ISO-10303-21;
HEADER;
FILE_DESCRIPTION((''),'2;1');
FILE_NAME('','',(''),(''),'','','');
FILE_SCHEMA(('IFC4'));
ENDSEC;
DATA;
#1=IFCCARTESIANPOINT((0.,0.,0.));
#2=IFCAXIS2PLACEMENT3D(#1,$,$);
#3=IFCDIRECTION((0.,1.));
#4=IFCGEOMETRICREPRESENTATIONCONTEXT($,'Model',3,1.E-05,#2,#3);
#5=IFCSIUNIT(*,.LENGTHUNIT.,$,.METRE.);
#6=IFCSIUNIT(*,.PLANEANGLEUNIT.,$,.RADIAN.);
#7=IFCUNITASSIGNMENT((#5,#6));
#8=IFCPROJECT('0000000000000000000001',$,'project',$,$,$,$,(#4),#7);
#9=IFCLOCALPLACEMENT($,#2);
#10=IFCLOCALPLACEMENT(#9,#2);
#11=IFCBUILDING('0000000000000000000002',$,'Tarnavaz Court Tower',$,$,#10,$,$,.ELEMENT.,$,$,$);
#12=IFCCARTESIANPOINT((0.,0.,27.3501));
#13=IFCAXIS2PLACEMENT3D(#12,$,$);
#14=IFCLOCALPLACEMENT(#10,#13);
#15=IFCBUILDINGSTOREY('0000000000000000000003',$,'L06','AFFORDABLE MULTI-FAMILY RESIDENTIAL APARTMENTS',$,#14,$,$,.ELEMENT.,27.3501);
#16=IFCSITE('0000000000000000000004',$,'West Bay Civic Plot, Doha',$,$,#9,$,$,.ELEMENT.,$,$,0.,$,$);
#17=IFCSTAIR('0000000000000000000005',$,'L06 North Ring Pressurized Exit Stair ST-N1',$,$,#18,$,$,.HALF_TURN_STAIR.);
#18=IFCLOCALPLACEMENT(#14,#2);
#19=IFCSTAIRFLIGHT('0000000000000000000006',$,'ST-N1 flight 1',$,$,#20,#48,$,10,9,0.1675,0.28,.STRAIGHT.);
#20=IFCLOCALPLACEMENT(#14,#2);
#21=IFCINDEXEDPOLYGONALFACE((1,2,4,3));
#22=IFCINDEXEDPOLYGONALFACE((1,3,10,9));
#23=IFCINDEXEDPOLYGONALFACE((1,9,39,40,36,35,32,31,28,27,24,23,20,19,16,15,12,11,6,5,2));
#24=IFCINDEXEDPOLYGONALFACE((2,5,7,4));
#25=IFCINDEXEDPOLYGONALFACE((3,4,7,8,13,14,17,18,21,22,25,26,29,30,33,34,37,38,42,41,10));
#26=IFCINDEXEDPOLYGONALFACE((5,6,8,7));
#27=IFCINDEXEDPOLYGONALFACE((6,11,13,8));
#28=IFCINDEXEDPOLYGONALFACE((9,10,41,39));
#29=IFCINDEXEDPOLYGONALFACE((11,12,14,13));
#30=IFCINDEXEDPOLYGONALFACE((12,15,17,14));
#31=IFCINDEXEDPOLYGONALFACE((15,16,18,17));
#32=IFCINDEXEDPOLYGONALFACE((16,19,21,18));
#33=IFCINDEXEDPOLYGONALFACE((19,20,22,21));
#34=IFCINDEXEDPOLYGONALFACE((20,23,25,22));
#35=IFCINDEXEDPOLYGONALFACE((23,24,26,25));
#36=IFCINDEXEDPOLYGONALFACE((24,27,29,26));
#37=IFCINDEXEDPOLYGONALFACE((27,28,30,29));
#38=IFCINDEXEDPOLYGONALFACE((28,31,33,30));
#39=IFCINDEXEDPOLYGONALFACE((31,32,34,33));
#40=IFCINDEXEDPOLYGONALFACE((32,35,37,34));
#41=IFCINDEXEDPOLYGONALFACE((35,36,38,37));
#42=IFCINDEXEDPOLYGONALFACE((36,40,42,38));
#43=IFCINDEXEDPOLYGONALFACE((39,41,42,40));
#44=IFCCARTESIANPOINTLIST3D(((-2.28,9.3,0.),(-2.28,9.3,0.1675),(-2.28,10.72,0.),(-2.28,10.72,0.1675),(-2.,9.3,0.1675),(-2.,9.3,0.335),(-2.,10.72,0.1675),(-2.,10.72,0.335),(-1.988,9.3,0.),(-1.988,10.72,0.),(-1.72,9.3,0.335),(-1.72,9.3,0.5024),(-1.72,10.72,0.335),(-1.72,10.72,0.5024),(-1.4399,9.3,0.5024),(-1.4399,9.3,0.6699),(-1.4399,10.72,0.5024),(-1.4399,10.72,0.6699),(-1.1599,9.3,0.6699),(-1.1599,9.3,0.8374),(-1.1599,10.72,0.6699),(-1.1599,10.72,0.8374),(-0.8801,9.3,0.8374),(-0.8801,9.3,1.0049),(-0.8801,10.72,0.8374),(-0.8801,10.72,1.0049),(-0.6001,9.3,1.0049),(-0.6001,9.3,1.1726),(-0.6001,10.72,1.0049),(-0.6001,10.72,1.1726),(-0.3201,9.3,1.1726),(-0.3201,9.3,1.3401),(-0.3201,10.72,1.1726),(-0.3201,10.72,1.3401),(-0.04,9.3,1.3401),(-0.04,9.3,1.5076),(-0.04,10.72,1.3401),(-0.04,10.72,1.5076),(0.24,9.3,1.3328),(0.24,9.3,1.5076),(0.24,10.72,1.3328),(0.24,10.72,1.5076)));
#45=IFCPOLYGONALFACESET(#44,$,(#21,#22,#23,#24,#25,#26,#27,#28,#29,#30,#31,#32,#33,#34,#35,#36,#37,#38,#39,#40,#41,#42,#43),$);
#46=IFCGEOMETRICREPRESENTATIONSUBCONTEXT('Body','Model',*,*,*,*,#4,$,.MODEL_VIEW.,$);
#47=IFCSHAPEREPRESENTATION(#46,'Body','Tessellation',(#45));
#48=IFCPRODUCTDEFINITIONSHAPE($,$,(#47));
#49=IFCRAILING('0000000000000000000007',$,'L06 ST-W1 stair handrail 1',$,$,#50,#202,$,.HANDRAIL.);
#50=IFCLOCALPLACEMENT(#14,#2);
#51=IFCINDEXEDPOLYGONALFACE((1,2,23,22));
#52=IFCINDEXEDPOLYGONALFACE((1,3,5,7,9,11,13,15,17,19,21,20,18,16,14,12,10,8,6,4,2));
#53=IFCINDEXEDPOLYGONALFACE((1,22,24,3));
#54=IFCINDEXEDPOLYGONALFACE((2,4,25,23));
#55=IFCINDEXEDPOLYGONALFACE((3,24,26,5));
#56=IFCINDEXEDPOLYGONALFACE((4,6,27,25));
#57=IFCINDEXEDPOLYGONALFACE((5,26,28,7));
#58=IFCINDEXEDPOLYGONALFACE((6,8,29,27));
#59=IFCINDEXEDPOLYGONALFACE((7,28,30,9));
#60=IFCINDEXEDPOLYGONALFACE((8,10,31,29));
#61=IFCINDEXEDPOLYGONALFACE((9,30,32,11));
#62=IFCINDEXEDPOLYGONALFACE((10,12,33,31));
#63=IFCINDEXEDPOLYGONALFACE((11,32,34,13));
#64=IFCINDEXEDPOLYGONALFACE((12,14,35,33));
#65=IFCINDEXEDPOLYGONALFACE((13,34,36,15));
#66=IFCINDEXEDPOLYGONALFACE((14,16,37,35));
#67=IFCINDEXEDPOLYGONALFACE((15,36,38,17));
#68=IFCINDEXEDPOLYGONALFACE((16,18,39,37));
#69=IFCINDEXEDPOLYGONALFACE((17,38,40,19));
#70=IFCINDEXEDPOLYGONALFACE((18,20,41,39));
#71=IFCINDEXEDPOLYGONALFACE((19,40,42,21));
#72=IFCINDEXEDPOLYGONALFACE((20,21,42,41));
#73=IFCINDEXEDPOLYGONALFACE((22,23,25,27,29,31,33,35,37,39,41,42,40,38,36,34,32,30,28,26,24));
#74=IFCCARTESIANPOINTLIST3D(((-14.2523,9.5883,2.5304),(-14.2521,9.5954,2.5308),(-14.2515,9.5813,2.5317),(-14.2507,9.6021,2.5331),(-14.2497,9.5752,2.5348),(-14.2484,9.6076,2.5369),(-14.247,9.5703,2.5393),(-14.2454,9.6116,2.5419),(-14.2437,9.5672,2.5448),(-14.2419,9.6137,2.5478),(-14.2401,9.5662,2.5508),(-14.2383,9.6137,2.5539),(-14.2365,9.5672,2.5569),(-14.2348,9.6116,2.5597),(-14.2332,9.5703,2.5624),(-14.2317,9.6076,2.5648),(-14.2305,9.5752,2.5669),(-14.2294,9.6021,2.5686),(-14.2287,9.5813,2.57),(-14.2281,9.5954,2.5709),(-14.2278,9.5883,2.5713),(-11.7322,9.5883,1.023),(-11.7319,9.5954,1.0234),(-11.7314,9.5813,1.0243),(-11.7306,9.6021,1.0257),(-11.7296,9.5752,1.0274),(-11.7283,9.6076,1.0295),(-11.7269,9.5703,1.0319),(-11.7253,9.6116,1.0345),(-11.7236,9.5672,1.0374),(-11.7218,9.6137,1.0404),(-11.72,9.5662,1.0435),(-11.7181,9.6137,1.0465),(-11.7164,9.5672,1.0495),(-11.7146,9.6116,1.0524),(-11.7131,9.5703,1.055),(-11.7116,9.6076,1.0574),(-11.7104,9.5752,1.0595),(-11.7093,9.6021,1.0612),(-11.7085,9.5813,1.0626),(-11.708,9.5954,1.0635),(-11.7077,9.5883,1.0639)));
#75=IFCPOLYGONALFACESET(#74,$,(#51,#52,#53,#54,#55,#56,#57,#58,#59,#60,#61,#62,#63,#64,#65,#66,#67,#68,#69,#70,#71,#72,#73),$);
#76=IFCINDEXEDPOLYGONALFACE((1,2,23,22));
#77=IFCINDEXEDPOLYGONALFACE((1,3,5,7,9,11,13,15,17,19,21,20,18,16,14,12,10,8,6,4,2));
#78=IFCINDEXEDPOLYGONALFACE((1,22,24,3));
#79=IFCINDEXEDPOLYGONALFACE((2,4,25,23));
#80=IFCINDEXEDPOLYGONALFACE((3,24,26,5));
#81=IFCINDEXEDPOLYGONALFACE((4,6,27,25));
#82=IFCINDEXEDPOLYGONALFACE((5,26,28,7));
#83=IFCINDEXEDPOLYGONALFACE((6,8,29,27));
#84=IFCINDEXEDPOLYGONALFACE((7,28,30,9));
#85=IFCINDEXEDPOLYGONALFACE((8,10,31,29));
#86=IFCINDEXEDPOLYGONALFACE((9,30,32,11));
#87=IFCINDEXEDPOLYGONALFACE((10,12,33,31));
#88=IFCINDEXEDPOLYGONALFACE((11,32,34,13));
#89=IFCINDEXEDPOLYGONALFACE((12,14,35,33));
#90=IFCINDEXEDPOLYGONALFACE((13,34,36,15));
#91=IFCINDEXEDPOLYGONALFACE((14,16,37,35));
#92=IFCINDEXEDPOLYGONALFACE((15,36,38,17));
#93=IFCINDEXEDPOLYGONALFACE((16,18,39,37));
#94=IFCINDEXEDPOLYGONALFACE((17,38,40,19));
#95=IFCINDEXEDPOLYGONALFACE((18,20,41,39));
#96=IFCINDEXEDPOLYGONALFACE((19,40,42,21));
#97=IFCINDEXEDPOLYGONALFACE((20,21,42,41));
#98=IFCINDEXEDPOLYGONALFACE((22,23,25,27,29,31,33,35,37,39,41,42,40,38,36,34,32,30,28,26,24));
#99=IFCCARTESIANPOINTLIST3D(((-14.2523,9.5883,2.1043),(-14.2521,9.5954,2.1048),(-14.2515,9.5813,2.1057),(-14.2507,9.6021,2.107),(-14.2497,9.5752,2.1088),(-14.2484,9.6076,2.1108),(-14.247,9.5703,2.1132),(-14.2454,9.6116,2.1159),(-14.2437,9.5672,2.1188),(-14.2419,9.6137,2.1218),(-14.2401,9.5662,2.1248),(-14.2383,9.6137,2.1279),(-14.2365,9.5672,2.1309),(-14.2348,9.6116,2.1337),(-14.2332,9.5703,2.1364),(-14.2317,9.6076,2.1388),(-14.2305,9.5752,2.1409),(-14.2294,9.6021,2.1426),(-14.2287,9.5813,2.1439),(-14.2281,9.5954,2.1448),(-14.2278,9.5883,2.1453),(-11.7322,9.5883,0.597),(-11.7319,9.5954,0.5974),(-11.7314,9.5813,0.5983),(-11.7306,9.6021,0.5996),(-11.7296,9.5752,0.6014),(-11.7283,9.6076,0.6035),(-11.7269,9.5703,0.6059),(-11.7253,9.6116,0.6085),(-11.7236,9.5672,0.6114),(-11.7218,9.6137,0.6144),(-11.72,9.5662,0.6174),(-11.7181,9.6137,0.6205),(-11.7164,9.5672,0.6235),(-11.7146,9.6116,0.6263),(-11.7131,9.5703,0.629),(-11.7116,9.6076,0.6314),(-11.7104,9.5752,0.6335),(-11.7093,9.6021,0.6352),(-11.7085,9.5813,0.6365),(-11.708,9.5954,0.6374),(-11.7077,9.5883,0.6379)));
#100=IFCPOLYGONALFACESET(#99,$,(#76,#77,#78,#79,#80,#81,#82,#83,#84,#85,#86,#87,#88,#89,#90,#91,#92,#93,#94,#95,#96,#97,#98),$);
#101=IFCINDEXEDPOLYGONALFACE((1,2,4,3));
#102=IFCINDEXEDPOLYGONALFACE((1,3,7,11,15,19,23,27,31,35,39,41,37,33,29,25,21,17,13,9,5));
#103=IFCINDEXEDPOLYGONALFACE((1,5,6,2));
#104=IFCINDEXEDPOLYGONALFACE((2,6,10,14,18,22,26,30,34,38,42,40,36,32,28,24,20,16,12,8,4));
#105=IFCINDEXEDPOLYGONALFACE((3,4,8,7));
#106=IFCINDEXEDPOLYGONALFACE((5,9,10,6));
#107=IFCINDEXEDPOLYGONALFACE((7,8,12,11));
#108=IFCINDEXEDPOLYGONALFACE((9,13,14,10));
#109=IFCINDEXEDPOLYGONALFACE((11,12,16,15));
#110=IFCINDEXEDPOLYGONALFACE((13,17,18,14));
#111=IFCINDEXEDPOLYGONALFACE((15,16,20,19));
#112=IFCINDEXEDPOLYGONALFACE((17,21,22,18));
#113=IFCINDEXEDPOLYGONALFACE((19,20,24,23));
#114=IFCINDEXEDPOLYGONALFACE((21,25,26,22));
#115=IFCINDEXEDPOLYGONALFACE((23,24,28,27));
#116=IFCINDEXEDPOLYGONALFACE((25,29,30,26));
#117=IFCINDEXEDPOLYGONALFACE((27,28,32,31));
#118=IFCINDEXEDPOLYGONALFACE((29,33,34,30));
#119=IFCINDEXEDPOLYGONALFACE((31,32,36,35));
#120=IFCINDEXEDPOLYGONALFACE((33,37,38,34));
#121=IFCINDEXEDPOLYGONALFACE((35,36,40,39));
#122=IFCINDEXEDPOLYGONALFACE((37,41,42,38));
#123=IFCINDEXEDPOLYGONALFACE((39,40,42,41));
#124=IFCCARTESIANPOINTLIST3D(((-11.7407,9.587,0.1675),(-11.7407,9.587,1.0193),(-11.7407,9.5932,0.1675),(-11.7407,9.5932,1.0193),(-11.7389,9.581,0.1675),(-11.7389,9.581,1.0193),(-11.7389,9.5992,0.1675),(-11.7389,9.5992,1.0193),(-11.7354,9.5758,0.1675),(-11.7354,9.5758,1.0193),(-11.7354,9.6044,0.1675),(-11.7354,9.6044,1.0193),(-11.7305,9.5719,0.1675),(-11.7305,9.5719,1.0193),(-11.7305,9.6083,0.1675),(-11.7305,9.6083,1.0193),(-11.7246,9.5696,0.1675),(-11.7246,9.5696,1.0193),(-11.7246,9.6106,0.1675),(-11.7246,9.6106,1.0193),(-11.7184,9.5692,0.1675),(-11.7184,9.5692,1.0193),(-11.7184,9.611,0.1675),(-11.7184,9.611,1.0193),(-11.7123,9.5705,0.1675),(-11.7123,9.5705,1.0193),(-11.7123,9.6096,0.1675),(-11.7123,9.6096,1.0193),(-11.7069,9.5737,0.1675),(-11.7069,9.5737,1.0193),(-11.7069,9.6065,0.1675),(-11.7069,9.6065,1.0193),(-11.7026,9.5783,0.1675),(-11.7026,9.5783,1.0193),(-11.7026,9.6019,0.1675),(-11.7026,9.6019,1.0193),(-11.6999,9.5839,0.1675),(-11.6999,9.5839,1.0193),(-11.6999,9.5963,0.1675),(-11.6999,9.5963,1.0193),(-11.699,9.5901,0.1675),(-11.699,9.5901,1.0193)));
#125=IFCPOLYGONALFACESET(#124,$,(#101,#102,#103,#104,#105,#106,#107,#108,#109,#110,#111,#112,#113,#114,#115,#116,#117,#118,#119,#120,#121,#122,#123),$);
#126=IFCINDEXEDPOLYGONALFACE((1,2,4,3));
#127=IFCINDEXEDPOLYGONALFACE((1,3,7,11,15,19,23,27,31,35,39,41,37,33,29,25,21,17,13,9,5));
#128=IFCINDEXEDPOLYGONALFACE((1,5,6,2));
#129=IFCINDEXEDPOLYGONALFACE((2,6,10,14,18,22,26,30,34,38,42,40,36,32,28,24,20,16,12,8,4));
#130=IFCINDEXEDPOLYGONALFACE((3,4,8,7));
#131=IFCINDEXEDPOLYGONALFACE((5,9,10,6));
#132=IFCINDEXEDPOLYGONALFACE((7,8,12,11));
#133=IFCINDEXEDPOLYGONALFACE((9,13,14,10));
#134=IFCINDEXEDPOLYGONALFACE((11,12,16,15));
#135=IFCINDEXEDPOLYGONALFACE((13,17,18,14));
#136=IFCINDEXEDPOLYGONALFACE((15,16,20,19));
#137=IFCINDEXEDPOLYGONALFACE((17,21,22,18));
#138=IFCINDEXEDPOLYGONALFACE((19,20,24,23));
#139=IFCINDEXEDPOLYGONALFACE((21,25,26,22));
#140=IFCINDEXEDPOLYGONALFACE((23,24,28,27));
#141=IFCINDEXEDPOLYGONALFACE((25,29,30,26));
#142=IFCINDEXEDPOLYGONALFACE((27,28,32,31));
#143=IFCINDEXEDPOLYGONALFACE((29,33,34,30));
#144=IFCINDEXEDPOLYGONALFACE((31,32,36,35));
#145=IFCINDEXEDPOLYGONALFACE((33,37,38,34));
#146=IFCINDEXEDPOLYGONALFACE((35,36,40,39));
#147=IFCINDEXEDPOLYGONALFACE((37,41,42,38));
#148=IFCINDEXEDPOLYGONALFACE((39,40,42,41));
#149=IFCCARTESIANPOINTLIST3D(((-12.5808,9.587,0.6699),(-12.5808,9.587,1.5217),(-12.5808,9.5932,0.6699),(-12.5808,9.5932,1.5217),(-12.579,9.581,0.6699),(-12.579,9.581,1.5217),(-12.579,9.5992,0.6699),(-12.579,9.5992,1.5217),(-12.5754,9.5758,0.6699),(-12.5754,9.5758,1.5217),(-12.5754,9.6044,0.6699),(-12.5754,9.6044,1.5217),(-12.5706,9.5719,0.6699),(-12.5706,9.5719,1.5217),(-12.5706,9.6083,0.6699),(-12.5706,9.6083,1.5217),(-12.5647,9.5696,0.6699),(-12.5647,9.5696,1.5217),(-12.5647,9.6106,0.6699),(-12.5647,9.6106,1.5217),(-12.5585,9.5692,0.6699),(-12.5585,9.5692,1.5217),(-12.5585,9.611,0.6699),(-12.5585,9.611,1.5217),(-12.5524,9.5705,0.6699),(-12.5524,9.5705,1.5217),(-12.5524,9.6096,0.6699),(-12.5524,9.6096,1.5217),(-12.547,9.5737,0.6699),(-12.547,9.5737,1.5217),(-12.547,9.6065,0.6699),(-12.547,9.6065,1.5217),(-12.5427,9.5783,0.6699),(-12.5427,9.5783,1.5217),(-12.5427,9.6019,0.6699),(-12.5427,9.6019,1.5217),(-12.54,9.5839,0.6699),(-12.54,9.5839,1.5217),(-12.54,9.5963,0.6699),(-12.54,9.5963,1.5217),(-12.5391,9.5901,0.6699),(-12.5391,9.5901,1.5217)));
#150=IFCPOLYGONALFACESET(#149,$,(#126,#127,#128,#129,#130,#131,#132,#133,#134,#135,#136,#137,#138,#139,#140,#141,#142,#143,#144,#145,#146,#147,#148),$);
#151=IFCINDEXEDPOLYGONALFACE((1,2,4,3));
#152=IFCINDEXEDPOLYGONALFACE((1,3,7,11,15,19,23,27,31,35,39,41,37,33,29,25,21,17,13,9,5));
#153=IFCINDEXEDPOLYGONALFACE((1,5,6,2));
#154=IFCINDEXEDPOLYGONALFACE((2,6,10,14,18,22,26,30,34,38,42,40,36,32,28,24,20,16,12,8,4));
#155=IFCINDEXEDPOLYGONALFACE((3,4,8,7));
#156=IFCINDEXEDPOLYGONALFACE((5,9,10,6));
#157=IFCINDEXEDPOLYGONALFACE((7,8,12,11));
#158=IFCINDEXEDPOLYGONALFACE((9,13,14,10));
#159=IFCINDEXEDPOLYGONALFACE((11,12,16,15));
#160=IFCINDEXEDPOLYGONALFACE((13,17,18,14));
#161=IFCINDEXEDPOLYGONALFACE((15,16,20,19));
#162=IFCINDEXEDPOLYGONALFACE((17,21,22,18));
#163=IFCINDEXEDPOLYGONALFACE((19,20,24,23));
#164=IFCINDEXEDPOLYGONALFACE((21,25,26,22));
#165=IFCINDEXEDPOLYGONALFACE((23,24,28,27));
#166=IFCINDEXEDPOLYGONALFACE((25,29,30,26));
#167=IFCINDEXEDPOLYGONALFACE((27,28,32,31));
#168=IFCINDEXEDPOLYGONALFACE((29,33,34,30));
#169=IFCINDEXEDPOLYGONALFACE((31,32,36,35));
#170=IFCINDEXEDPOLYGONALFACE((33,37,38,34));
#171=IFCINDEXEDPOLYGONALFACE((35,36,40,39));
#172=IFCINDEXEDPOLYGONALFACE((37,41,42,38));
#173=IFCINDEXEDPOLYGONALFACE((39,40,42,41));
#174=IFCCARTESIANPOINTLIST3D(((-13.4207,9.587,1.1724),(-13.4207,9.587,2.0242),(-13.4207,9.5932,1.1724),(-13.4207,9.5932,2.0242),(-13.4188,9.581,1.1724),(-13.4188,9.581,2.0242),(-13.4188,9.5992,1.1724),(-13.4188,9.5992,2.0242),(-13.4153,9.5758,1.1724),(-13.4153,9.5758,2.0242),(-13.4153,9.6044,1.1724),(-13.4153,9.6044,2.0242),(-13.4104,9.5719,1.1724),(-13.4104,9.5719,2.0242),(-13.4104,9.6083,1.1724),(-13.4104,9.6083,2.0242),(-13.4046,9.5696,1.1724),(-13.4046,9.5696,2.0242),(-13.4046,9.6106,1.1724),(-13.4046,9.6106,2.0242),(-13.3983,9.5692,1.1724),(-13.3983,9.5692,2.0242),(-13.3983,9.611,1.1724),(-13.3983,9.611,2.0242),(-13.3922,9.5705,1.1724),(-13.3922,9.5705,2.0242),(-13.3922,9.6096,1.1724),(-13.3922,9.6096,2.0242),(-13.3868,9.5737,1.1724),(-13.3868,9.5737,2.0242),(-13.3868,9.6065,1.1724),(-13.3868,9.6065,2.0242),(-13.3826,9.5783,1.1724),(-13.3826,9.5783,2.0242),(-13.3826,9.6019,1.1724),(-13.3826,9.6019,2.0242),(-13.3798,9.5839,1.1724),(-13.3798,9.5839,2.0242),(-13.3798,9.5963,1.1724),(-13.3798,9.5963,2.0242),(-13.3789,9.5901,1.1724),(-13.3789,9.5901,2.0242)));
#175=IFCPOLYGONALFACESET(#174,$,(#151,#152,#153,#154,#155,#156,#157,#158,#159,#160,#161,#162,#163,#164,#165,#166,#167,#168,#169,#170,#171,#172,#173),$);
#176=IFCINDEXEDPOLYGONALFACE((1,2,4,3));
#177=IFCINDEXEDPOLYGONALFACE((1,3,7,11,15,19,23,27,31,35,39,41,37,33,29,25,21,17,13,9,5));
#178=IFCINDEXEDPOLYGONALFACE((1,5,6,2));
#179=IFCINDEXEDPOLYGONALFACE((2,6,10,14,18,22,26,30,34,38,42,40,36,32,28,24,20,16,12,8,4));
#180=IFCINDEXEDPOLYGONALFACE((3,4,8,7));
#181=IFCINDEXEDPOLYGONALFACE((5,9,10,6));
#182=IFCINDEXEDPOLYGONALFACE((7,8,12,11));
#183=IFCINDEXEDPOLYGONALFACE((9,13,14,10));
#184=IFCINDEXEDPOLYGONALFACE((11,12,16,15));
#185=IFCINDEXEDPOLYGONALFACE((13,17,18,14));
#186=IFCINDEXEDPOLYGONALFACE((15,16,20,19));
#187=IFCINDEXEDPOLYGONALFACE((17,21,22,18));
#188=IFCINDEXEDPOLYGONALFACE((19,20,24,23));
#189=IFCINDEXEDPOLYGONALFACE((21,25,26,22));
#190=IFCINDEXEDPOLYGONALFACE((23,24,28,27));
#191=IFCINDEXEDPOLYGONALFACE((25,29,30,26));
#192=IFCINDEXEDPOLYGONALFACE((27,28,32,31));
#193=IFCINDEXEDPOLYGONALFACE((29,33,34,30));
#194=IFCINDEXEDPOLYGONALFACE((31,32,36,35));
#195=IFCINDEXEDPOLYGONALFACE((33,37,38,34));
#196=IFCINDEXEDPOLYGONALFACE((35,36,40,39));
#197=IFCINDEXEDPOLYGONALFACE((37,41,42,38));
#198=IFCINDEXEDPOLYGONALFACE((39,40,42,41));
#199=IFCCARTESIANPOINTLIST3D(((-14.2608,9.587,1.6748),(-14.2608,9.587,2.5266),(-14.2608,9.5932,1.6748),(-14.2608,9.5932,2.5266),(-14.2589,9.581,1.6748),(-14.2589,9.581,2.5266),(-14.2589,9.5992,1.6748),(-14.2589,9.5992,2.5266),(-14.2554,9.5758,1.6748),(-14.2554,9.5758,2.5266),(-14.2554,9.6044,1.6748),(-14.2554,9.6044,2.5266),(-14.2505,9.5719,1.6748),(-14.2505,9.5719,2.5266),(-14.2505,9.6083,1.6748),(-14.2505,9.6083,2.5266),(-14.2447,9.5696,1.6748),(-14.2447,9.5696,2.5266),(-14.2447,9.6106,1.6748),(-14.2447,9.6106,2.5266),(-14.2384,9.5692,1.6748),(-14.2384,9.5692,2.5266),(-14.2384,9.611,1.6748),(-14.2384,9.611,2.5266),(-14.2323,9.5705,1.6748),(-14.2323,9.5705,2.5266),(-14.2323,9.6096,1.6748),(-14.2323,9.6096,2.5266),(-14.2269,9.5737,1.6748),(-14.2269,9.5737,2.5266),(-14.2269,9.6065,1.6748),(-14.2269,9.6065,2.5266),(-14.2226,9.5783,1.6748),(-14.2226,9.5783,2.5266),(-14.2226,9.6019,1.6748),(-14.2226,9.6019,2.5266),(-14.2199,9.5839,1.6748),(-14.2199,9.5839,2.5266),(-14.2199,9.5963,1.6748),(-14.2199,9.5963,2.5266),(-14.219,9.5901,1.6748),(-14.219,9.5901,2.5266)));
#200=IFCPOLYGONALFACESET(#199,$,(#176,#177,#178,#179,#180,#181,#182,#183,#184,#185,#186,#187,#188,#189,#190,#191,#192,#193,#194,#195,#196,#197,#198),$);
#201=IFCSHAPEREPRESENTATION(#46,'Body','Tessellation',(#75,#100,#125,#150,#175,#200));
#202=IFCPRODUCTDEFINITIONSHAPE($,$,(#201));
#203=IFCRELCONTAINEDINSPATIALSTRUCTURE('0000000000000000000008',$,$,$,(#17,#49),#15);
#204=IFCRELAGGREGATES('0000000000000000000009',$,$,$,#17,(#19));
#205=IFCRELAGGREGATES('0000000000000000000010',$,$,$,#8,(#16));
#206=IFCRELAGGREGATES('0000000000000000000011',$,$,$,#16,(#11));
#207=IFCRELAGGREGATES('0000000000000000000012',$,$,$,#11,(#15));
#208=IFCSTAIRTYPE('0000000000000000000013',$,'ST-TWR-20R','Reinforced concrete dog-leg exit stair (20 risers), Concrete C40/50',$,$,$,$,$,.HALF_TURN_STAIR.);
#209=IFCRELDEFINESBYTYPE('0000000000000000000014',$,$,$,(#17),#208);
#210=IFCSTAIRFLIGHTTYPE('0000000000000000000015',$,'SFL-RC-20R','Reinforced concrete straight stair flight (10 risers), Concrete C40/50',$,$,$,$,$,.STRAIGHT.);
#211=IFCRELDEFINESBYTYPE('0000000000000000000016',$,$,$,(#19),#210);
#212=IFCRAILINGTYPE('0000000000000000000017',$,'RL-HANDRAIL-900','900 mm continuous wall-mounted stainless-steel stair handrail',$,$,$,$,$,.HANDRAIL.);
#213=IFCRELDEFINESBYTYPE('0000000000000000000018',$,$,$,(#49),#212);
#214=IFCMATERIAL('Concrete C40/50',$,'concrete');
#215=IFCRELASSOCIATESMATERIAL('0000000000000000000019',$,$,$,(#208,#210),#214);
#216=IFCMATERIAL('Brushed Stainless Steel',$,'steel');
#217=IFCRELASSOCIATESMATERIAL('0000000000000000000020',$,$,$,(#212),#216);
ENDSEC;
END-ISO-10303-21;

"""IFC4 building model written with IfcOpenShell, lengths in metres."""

from ifc_helpers import new_model, si_unit, direction, frame, origin, origin_2d, place, context, subcontext, project, spatial, polyline, circle, outline, extrude, material, type_object, element, aggregate, save


model = new_model("IFC4")

# Units and contexts
model_context = context("Model", 3, precision=1e-05, world=origin(), true_north=direction((0.0, 1.0)))
body_context = subcontext(model_context, "Body", "Model", "MODEL_VIEW")
ifc_project = project(units=[si_unit("LENGTHUNIT", "METRE"), si_unit("PLANEANGLEUNIT", "RADIAN")], contexts=[model_context])

# Site, building, storey
site_placement = place(None, origin())
site = spatial("IfcSite", under=ifc_project, at=site_placement, Name="West Bay Civic Plot, Doha", CompositionType="ELEMENT", RefElevation=0.0)
building_placement = place(site_placement, origin())
building = spatial("IfcBuilding", under=site, at=building_placement, Name="Tarnavaz Court Tower", CompositionType="ELEMENT")
storey_placement = place(building_placement, frame((0.0, 0.0, 27.3501)))
storey = spatial("IfcBuildingStorey", under=building, at=storey_placement, Name="L06", Description="AFFORDABLE MULTI-FAMILY RESIDENTIAL APARTMENTS", CompositionType="ELEMENT", Elevation=27.3501)

# Stair, stair flight
ifc_material_1 = material(Name="Concrete C40/50", Category="concrete")
stair_type = type_object("IfcStairType", Name="ST-TWR-20R", Description="Reinforced concrete dog-leg exit stair (20 risers), Concrete C40/50", PredefinedType="HALF_TURN_STAIR", material=ifc_material_1)
stair_flight_type = type_object("IfcStairFlightType", Name="SFL-RC-20R", Description="Reinforced concrete straight stair flight (10 risers), Concrete C40/50", PredefinedType="STRAIGHT", material=ifc_material_1)
stair_1_placement = place(storey_placement, origin())
stair_1 = element("IfcStair", 1, at=stair_1_placement, inside=storey, type_object=stair_type, Name="L06 North Ring Pressurized Exit Stair ST-N1", PredefinedType="HALF_TURN_STAIR")
stair_flight_1_placement = place(storey_placement, frame((-2.28, 10.01, 0.0), z_axis=(0.0, 0.0, 1.0), x_axis=(1.0, 0.0, 0.0)))
stair_flight_1 = element("IfcStairFlight", 2, at=stair_flight_1_placement, type_object=stair_flight_type, Name="ST-N1 flight 1", NumberOfRisers=10, NumberOfTreads=9, PredefinedType="STRAIGHT", RiserHeight=0.1675, TreadLength=0.28, context=body_context, shape_type="SweptSolid", body=[
    extrude(outline(polyline([(0.0, 0.0), (0.0, 0.1675), (0.28, 0.1675), (0.28, 0.335), (0.5601, 0.335), (0.5601, 0.5024), (0.8401, 0.5024), (0.8401, 0.6699), (1.1201, 0.6699), (1.1201, 0.8374), (1.3999, 0.8374), (1.3999, 1.0049), (1.6799, 1.0049), (1.6799, 1.1726), (1.96, 1.1726), (1.96, 1.3401), (2.24, 1.3401), (2.24, 1.5076), (2.52, 1.5076), (2.52, 1.675), (2.52, 1.3328), (0.292, 0.0), (0.0, 0.0)])), frame((0.0, 0.71, 0.0), z_axis=(0.0, -1.0, 0.0), x_axis=(1.0, 0.0, 0.0)), (0.0, 0.0, 1.0), 1.4199),
])
aggregate(stair_1, [stair_flight_1])

# Railing
ifc_material_2 = material(Name="Brushed Stainless Steel", Category="steel")
railing_type_1 = type_object("IfcRailingType", Name="RL-HANDRAIL-900", Description="900 mm continuous wall-mounted stainless-steel stair handrail", PredefinedType="HANDRAIL", material=ifc_material_2)
railing_1_placement = place(storey_placement, frame((-11.72, 9.5901, 0.1675)))
element("IfcRailing", 3, at=railing_1_placement, inside=storey, type_object=railing_type_1, Name="L06 ST-W1 stair handrail 1", PredefinedType="HANDRAIL", context=body_context, shape_type="SweptSolid", body=[
    extrude(circle(Radius=0.0239, at=origin_2d()), frame((0.0, 0.0, 0.876), z_axis=(-0.858196, 0.0, 0.513321), x_axis=(0.0, -1.0, 0.0)), (0.0, 0.0, 1.0), 2.9365),
    extrude(circle(Radius=0.0239, at=origin_2d()), frame((0.0, 0.0, 0.45), z_axis=(-0.858196, 0.0, 0.513321), x_axis=(0.0, -1.0, 0.0)), (0.0, 0.0, 1.0), 2.9365),
    extrude(circle(Radius=0.021, at=origin_2d()), origin(), (0.0, 0.0, 1.0), 0.8518),
    extrude(circle(Radius=0.021, at=origin_2d()), frame((-0.8401, 0.0, 0.5024)), (0.0, 0.0, 1.0), 0.8518),
    extrude(circle(Radius=0.021, at=origin_2d()), frame((-1.6799, 0.0, 1.0049)), (0.0, 0.0, 1.0), 0.8518),
    extrude(circle(Radius=0.021, at=origin_2d()), frame((-2.52, 0.0, 1.5073)), (0.0, 0.0, 1.0), 0.8518),
])

save(model, "model.ifc")
